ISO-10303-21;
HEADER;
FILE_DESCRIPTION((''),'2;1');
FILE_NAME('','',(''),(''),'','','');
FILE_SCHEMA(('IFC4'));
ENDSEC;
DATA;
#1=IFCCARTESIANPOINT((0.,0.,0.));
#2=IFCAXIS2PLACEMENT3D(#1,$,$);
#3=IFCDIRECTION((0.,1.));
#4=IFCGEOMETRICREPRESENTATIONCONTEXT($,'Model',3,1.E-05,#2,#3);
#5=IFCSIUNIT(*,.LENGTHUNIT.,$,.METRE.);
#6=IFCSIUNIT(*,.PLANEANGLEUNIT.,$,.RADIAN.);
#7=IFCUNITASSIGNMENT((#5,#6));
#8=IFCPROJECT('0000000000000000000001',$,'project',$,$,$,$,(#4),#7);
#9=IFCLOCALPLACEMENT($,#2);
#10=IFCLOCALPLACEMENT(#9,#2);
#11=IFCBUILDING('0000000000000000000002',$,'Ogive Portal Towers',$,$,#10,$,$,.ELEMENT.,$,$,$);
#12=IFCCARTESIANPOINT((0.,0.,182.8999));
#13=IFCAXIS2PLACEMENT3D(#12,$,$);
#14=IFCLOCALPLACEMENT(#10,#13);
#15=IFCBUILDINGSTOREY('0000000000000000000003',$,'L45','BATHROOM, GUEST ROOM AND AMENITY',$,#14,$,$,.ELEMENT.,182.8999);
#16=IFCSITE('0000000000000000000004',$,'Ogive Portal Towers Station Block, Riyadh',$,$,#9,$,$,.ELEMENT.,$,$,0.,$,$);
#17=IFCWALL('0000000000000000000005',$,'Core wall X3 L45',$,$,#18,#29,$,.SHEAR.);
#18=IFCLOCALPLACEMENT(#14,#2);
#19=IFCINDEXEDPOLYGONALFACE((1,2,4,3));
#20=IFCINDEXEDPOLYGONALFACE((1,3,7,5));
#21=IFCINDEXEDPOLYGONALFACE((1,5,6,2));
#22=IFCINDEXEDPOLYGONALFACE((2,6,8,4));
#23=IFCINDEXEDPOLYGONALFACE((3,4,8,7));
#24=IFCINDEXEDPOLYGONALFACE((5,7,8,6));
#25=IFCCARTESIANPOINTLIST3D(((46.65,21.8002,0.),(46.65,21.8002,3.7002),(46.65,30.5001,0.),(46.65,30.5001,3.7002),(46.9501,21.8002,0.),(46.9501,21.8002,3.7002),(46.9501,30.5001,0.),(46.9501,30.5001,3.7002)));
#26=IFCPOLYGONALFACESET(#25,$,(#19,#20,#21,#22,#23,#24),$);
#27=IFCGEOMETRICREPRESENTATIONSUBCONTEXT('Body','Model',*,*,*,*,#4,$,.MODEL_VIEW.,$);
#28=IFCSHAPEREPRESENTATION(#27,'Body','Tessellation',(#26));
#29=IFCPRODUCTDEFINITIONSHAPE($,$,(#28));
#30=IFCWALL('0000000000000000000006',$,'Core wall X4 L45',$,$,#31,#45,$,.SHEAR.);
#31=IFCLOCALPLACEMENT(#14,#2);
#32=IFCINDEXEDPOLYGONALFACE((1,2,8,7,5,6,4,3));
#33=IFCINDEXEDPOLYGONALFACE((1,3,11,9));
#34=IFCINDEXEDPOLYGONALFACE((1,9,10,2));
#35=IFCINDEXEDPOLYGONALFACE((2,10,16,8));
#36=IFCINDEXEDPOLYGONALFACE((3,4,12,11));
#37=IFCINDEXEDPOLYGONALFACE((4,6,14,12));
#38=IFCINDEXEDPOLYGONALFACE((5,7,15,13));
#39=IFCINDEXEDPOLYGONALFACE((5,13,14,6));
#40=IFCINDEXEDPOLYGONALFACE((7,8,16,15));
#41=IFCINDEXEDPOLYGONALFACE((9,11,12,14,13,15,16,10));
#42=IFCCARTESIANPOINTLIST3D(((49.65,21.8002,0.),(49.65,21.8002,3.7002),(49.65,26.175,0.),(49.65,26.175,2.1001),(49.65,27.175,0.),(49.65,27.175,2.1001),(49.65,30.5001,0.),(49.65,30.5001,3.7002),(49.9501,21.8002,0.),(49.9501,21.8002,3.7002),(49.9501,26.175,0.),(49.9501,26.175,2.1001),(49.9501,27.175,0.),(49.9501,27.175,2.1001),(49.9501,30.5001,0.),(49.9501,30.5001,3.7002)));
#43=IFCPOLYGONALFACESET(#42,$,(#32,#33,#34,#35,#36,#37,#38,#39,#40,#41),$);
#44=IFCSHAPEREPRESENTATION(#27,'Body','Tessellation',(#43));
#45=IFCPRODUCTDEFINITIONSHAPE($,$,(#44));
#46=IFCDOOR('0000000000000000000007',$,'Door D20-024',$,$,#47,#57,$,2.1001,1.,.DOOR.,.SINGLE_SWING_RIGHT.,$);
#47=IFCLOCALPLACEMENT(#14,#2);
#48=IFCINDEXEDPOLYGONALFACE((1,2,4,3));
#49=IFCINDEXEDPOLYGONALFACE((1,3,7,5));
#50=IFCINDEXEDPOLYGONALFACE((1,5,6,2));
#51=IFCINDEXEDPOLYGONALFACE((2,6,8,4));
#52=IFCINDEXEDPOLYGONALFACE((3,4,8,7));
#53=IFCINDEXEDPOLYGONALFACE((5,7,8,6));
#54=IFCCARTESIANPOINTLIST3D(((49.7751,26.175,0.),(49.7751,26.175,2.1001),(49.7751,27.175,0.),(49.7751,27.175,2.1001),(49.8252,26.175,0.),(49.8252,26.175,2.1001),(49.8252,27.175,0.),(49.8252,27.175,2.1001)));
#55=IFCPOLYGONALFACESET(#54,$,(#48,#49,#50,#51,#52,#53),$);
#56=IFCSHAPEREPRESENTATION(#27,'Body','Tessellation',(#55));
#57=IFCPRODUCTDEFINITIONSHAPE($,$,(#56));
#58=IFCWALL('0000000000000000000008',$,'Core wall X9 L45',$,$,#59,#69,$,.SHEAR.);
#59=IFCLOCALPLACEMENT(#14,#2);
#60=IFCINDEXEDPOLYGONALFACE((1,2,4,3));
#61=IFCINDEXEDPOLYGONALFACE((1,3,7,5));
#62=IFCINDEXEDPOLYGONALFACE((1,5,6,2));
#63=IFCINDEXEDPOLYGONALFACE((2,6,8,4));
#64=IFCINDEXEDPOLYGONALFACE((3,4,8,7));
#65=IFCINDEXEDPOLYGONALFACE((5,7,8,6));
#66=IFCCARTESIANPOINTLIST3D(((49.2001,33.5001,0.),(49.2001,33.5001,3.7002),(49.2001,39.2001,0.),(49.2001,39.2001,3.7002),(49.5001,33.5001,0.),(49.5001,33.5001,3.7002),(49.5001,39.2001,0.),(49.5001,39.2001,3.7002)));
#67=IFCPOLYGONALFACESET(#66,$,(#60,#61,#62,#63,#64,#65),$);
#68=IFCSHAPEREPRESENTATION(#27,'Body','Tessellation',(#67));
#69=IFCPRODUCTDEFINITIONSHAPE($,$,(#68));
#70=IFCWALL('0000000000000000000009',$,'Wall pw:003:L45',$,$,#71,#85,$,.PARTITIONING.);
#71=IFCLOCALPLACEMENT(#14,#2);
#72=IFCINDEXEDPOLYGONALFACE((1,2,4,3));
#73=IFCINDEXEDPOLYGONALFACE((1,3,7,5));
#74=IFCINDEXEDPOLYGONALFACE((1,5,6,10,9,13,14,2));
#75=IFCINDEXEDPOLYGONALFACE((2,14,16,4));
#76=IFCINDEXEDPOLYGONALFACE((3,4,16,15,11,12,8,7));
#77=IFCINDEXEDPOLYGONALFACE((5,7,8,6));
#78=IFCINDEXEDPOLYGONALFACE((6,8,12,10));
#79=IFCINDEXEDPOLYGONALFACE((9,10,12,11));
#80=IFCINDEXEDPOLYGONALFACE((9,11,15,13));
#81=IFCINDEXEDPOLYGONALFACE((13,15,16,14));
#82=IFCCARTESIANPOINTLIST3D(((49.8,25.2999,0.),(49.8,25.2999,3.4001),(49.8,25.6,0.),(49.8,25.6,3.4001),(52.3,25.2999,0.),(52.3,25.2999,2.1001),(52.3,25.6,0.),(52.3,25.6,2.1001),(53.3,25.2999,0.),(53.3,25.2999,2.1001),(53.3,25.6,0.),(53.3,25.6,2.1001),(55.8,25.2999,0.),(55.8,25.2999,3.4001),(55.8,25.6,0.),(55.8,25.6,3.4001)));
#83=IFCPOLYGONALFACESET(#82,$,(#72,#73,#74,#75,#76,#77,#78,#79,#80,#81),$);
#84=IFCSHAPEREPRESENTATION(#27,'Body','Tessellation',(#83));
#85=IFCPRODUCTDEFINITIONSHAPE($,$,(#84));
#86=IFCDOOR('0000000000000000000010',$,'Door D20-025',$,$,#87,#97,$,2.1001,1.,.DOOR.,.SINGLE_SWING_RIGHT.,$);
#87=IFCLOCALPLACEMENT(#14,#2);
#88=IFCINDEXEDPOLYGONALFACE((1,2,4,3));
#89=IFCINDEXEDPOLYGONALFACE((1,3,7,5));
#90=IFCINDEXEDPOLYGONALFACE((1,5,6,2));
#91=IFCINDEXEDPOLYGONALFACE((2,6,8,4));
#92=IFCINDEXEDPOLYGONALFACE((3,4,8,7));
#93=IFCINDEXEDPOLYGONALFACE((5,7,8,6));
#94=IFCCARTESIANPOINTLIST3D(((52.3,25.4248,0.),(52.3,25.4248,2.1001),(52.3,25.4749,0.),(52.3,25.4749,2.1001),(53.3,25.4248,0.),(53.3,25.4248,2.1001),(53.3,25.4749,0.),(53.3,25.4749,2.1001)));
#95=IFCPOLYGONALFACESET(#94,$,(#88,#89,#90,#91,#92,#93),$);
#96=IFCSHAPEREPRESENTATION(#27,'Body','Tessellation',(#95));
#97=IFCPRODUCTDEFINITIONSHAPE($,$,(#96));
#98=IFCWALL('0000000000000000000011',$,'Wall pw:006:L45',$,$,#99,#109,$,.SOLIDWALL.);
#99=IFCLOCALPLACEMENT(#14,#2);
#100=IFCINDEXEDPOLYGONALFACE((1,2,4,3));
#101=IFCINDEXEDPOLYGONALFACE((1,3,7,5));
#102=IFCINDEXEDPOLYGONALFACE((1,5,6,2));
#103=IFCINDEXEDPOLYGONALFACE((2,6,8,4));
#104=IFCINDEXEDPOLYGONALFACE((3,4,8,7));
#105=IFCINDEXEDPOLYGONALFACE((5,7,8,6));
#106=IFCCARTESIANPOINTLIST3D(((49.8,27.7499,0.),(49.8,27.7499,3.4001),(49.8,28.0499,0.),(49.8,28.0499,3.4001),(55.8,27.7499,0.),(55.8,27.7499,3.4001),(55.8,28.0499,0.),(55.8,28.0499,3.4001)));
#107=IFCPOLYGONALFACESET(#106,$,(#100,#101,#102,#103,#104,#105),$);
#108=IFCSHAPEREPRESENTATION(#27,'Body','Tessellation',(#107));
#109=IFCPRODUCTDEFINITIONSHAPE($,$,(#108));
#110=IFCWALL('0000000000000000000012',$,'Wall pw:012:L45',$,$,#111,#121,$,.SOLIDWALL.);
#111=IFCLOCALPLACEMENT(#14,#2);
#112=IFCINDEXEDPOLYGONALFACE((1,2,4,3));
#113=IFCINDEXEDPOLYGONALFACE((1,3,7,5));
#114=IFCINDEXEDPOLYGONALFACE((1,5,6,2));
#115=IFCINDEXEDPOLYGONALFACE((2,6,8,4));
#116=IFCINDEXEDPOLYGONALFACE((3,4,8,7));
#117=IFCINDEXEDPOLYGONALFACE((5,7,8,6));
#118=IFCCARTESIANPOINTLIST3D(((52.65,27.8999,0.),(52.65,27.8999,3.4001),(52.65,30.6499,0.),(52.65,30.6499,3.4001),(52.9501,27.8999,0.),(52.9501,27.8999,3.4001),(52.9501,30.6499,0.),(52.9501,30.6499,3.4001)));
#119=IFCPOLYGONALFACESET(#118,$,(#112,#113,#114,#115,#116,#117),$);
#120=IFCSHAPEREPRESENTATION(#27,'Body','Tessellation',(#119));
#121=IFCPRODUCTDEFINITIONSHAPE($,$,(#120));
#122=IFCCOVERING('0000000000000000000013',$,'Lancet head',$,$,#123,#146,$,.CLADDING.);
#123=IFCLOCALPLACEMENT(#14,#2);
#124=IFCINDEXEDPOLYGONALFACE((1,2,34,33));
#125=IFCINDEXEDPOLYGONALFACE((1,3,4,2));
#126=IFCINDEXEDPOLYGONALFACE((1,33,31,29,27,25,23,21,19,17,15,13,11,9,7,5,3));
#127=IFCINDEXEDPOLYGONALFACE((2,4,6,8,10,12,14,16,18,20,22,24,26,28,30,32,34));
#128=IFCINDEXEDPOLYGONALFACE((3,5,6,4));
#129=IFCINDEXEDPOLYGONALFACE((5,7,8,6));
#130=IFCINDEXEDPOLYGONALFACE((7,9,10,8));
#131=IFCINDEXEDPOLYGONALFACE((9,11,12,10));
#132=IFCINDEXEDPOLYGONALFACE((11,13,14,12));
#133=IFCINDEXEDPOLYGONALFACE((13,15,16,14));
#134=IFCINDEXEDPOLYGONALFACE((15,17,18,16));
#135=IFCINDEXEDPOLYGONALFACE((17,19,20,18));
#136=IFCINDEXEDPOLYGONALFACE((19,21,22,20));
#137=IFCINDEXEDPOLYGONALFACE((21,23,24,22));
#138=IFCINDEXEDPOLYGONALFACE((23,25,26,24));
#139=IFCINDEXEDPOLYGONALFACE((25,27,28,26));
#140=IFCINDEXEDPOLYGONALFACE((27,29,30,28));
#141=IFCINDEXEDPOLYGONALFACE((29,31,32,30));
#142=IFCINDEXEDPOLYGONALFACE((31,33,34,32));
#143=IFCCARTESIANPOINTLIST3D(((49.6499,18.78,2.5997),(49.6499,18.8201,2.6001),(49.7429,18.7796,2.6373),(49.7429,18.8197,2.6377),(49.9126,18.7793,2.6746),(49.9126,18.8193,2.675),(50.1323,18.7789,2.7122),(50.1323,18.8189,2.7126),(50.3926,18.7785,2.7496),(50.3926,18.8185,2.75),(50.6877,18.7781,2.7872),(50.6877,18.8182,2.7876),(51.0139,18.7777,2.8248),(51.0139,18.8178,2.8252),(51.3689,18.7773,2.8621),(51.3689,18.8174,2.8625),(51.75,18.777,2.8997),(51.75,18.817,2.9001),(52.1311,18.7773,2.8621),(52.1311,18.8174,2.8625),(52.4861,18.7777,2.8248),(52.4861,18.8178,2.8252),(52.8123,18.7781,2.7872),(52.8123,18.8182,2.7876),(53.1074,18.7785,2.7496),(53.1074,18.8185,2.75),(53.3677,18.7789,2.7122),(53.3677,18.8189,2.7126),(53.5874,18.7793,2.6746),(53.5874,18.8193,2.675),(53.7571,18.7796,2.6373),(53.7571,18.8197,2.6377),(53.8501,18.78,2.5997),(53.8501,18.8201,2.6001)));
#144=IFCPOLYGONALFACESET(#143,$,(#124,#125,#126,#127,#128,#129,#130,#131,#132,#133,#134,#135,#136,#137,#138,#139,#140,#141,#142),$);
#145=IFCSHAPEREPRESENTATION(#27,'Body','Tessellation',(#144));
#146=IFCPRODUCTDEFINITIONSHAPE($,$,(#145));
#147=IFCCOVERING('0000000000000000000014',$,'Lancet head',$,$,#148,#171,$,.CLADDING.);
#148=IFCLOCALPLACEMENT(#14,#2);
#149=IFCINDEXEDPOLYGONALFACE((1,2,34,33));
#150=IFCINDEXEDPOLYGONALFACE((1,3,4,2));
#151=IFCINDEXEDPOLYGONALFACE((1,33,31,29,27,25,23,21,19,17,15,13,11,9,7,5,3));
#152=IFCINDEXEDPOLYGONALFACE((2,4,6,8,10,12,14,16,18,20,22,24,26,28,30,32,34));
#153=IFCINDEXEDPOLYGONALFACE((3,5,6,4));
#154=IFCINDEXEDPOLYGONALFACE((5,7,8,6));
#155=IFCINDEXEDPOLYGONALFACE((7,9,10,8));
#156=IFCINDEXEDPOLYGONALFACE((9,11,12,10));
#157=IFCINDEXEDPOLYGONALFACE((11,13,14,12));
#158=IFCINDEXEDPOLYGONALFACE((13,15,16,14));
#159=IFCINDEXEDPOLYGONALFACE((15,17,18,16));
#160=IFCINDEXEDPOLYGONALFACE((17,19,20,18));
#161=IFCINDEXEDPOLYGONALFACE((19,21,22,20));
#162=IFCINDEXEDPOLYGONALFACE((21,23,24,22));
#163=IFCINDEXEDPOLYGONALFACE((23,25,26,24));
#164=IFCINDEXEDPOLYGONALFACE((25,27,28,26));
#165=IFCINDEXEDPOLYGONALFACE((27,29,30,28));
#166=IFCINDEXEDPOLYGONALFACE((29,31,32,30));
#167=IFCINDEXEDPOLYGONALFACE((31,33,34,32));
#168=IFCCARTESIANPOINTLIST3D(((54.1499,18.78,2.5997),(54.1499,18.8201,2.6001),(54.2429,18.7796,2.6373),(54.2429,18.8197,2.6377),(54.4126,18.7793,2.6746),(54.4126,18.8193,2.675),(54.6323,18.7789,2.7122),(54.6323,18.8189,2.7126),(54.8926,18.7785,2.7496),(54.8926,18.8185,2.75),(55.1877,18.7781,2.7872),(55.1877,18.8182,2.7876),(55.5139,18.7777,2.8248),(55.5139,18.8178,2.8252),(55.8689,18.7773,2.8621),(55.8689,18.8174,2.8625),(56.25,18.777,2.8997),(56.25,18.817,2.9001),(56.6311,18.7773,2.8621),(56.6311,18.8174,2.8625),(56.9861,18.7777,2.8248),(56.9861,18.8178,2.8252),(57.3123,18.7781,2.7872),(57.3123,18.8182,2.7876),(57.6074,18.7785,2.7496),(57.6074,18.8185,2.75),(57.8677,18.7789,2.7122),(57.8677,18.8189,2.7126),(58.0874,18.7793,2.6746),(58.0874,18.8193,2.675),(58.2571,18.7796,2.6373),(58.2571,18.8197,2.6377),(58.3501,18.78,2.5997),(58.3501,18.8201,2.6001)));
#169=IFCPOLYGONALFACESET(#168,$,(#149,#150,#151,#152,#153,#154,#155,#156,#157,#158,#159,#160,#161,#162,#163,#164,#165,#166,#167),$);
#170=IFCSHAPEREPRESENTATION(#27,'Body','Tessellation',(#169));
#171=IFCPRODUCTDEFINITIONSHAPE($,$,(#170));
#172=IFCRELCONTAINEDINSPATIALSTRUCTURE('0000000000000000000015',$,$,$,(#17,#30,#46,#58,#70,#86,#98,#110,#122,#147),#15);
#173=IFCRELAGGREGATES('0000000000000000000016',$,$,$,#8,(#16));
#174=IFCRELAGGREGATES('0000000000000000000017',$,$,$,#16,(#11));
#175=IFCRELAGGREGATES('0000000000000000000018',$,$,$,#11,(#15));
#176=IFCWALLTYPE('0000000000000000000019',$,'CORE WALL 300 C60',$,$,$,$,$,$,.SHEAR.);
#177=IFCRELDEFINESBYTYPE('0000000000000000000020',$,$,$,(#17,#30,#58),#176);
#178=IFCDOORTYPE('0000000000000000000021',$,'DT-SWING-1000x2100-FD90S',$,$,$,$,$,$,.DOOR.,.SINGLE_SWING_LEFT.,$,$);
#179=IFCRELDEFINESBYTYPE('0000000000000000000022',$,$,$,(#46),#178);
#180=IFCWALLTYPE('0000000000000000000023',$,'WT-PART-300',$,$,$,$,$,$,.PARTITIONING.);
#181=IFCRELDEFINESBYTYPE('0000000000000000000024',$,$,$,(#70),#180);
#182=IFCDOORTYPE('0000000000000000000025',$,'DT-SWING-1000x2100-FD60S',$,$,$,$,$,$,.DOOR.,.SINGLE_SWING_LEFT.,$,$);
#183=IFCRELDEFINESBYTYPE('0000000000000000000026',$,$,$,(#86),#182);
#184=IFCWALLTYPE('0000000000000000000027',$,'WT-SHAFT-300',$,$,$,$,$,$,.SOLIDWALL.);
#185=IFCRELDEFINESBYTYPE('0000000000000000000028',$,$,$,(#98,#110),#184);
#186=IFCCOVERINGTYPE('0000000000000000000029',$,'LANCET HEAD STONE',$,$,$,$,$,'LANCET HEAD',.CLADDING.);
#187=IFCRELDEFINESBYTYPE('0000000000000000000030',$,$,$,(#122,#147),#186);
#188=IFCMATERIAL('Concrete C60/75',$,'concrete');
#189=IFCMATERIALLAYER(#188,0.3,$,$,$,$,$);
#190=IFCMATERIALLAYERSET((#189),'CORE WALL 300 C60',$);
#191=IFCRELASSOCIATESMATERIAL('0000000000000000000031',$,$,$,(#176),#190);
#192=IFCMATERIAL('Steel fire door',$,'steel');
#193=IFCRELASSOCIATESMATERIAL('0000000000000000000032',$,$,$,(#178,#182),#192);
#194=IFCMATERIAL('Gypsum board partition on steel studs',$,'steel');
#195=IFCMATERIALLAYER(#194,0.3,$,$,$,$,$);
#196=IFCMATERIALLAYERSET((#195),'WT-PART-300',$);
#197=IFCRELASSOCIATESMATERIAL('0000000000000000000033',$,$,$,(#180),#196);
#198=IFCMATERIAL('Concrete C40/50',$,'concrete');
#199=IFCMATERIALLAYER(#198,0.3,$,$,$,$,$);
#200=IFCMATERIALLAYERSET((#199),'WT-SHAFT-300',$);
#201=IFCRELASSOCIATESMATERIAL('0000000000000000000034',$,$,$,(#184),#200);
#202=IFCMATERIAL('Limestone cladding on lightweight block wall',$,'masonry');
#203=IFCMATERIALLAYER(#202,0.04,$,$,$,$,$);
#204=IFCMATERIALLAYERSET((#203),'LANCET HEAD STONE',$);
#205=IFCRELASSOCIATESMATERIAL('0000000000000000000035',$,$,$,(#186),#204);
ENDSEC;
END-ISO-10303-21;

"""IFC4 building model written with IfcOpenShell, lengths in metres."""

from ifc_helpers import new_model, si_unit, direction, frame, frame_2d, origin, place, context, subcontext, project, spatial, polyline, rectangle, outline, extrude, material, layer, layer_set, type_object, element, fill, save


model = new_model("IFC4")

# Units and contexts
model_context = context("Model", 3, precision=1e-05, world=origin(), true_north=direction((0.0, 1.0)))
body_context = subcontext(model_context, "Body", "Model", "MODEL_VIEW")
ifc_project = project(units=[si_unit("LENGTHUNIT", "METRE"), si_unit("PLANEANGLEUNIT", "RADIAN")], contexts=[model_context])

# Site, building, storey
site_placement = place(None, origin())
site = spatial("IfcSite", under=ifc_project, at=site_placement, Name="Ogive Portal Towers Station Block, Riyadh", CompositionType="ELEMENT", RefElevation=0.0)
building_placement = place(site_placement, origin())
building = spatial("IfcBuilding", under=site, at=building_placement, Name="Ogive Portal Towers", CompositionType="ELEMENT")
storey_placement = place(building_placement, frame((0.0, 0.0, 182.8999)))
storey = spatial("IfcBuildingStorey", under=building, at=storey_placement, Name="L45", Description="BATHROOM, GUEST ROOM AND AMENITY", CompositionType="ELEMENT", Elevation=182.8999)

# Wall
ifc_material_1 = material(Name="Concrete C60/75", Category="concrete")
ifc_layer_1 = layer(ifc_material_1, 0.3)
ifc_layer_set_1 = layer_set([ifc_layer_1], Name="CORE WALL 300 C60")
wall_type_1 = type_object("IfcWallType", Name="CORE WALL 300 C60", PredefinedType="SHEAR", material=ifc_layer_set_1)
wall_1_placement = place(storey_placement, frame((46.8, 21.8, 0.0), z_axis=(0.0, 0.0, 1.0), x_axis=(0.0, 1.0, 0.0)))
element("IfcWall", 1, at=wall_1_placement, inside=storey, type_object=wall_type_1, Name="Core wall X3 L45", PredefinedType="SHEAR", context=body_context, shape_type="SweptSolid", body=[
    extrude(rectangle(XDim=8.7, YDim=0.3, at=frame_2d((4.3501, 0.0))), origin(), (0.0, 0.0, 1.0), 3.7002),
])

# Wall, opening, door
wall_2_placement = place(storey_placement, frame((49.8, 21.8, 0.0), z_axis=(0.0, 0.0, 1.0), x_axis=(0.0, 1.0, 0.0)))
wall_2 = element("IfcWall", 2, at=wall_2_placement, inside=storey, type_object=wall_type_1, Name="Core wall X4 L45", PredefinedType="SHEAR", context=body_context, shape_type="SweptSolid", body=[
    extrude(rectangle(XDim=8.7, YDim=0.3, at=frame_2d((4.3501, 0.0))), origin(), (0.0, 0.0, 1.0), 3.7002),
])
opening_1_placement = place(wall_2_placement, frame((4.375, 0.0, 0.0)))
opening_1 = element("IfcOpeningElement", 3, at=opening_1_placement, cuts=wall_2, PredefinedType="OPENING", context=body_context, shape_type="SweptSolid", body=[
    extrude(rectangle(XDim=1.0, YDim=2.1001, at=frame_2d((0.5, 1.05))), frame((0.0, 0.1602, 0.0), z_axis=(0.0, -1.0, 0.0), x_axis=(1.0, 0.0, 0.0)), (0.0, 0.0, 1.0), 0.3201),
])
ifc_material_2 = material(Name="Steel fire door", Category="steel")
door_type_1 = type_object("IfcDoorType", Name="DT-SWING-1000x2100-FD90S", OperationType="SINGLE_SWING_LEFT", PredefinedType="DOOR", material=ifc_material_2)
door_1_placement = place(opening_1_placement, origin())
door_1 = element("IfcDoor", 4, at=door_1_placement, inside=storey, type_object=door_type_1, Name="Door D20-024", OperationType="SINGLE_SWING_RIGHT", OverallHeight=2.1001, OverallWidth=1.0, PredefinedType="DOOR", context=body_context, shape_type="SweptSolid", body=[
    extrude(rectangle(XDim=1.0, YDim=2.1001, at=frame_2d((0.5, 1.05))), frame((0.0, 0.0249, 0.0), z_axis=(0.0, -1.0, 0.0), x_axis=(1.0, 0.0, 0.0)), (0.0, 0.0, 1.0), 0.05),
])
fill(opening_1, door_1)

# Wall
wall_3_placement = place(storey_placement, frame((49.3501, 33.5, 0.0), z_axis=(0.0, 0.0, 1.0), x_axis=(0.0, 1.0, 0.0)))
element("IfcWall", 5, at=wall_3_placement, inside=storey, type_object=wall_type_1, Name="Core wall X9 L45", PredefinedType="SHEAR", context=body_context, shape_type="SweptSolid", body=[
    extrude(rectangle(XDim=5.7, YDim=0.3, at=frame_2d((2.8501, 0.0))), origin(), (0.0, 0.0, 1.0), 3.7002),
])

# Shared definitions
ifc_material_3 = material(Name="Limestone cladding on lightweight block wall", Category="masonry")

# Wall, opening, door
ifc_material_4 = material(Name="Gypsum board partition on steel studs", Category="steel")
ifc_layer_2 = layer(ifc_material_4, 0.3)
ifc_layer_set_2 = layer_set([ifc_layer_2], Name="WT-PART-300")
wall_type_2 = type_object("IfcWallType", Name="WT-PART-300", PredefinedType="PARTITIONING", material=ifc_layer_set_2)
wall_4_placement = place(storey_placement, frame((49.8, 25.45, 0.0), z_axis=(0.0, 0.0, 1.0), x_axis=(1.0, 0.0, 0.0)))
wall_4 = element("IfcWall", 6, at=wall_4_placement, inside=storey, type_object=wall_type_2, Name="Wall pw:003:L45", PredefinedType="PARTITIONING", context=body_context, shape_type="SweptSolid", body=[
    extrude(rectangle(XDim=6.0, YDim=0.3, at=frame_2d((3.0, 0.0))), origin(), (0.0, 0.0, 1.0), 3.4001),
])
opening_2_placement = place(wall_4_placement, frame((2.5, 0.0, 0.0)))
opening_2 = element("IfcOpeningElement", 7, at=opening_2_placement, cuts=wall_4, PredefinedType="OPENING", context=body_context, shape_type="SweptSolid", body=[
    extrude(rectangle(XDim=1.0, YDim=2.1001, at=frame_2d((0.5, 1.05))), frame((0.0, 0.1602, 0.0), z_axis=(0.0, -1.0, 0.0), x_axis=(1.0, 0.0, 0.0)), (0.0, 0.0, 1.0), 0.3201),
])
door_type_2 = type_object("IfcDoorType", Name="DT-SWING-1000x2100-FD60S", OperationType="SINGLE_SWING_LEFT", PredefinedType="DOOR", material=ifc_material_2)
door_2_placement = place(opening_2_placement, origin())
door_2 = element("IfcDoor", 8, at=door_2_placement, inside=storey, type_object=door_type_2, Name="Door D20-025", OperationType="SINGLE_SWING_RIGHT", OverallHeight=2.1001, OverallWidth=1.0, PredefinedType="DOOR", context=body_context, shape_type="SweptSolid", body=[
    extrude(rectangle(XDim=1.0, YDim=2.1001, at=frame_2d((0.5, 1.05))), frame((0.0, 0.0249, 0.0), z_axis=(0.0, -1.0, 0.0), x_axis=(1.0, 0.0, 0.0)), (0.0, 0.0, 1.0), 0.05),
])
fill(opening_2, door_2)

# Walls
ifc_material_5 = material(Name="Concrete C40/50", Category="concrete")
ifc_layer_3 = layer(ifc_material_5, 0.3)
ifc_layer_set_3 = layer_set([ifc_layer_3], Name="WT-SHAFT-300")
wall_type_3 = type_object("IfcWallType", Name="WT-SHAFT-300", PredefinedType="SOLIDWALL", material=ifc_layer_set_3)
wall_5_placement = place(storey_placement, frame((49.8, 27.8999, 0.0), z_axis=(0.0, 0.0, 1.0), x_axis=(1.0, 0.0, 0.0)))
element("IfcWall", 9, at=wall_5_placement, inside=storey, type_object=wall_type_3, Name="Wall pw:006:L45", PredefinedType="SOLIDWALL", context=body_context, shape_type="SweptSolid", body=[
    extrude(rectangle(XDim=6.0, YDim=0.3, at=frame_2d((3.0, 0.0))), origin(), (0.0, 0.0, 1.0), 3.4001),
])
wall_6_placement = place(storey_placement, frame((52.8, 27.8999, 0.0), z_axis=(0.0, 0.0, 1.0), x_axis=(0.0, 1.0, 0.0)))
element("IfcWall", 10, at=wall_6_placement, inside=storey, type_object=wall_type_3, Name="Wall pw:012:L45", PredefinedType="SOLIDWALL", context=body_context, shape_type="SweptSolid", body=[
    extrude(rectangle(XDim=2.75, YDim=0.3, at=frame_2d((1.375, 0.0))), origin(), (0.0, 0.0, 1.0), 3.4001),
])

# Coverings
ifc_layer_4 = layer(ifc_material_3, 0.04)
ifc_layer_set_4 = layer_set([ifc_layer_4], Name="LANCET HEAD STONE")
covering_type = type_object("IfcCoveringType", Name="LANCET HEAD STONE", ElementType="LANCET HEAD", PredefinedType="CLADDING", material=ifc_layer_set_4)
for number, where, z_axis, x_axis, name in (
    (11, (49.6499, 18.8201, 2.6001), (0.0, 0.999948, 0.010228), (1.0, 0.0, 0.0), "Lancet head"),
    (12, (54.1499, 18.8201, 2.6001), (0.0, 0.999948, 0.010228), (1.0, 0.0, 0.0), "Lancet head"),
):
    element("IfcCovering", number, at=place(storey_placement, frame(where, z_axis=z_axis, x_axis=x_axis)), inside=storey, type_object=covering_type, Name=name, PredefinedType="CLADDING", context=body_context, shape_type="SweptSolid", body=[
        extrude(outline(polyline([(0.0, 0.0), (4.2002, 0.0), (4.1072, -0.0376), (3.9375, -0.075), (3.7178, -0.1126), (3.4575, -0.1499), (3.1624, -0.1875), (2.8362, -0.2251), (2.4812, -0.2625), (2.1001, -0.3001), (1.719, -0.2625), (1.364, -0.2251), (1.0378, -0.1875), (0.7427, -0.1499), (0.4824, -0.1126), (0.2627, -0.075), (0.093, -0.0376), (0.0, 0.0)])), origin(), (0.0, 0.0, -1.0), 0.04),
    ])

save(model, "model.ifc")
